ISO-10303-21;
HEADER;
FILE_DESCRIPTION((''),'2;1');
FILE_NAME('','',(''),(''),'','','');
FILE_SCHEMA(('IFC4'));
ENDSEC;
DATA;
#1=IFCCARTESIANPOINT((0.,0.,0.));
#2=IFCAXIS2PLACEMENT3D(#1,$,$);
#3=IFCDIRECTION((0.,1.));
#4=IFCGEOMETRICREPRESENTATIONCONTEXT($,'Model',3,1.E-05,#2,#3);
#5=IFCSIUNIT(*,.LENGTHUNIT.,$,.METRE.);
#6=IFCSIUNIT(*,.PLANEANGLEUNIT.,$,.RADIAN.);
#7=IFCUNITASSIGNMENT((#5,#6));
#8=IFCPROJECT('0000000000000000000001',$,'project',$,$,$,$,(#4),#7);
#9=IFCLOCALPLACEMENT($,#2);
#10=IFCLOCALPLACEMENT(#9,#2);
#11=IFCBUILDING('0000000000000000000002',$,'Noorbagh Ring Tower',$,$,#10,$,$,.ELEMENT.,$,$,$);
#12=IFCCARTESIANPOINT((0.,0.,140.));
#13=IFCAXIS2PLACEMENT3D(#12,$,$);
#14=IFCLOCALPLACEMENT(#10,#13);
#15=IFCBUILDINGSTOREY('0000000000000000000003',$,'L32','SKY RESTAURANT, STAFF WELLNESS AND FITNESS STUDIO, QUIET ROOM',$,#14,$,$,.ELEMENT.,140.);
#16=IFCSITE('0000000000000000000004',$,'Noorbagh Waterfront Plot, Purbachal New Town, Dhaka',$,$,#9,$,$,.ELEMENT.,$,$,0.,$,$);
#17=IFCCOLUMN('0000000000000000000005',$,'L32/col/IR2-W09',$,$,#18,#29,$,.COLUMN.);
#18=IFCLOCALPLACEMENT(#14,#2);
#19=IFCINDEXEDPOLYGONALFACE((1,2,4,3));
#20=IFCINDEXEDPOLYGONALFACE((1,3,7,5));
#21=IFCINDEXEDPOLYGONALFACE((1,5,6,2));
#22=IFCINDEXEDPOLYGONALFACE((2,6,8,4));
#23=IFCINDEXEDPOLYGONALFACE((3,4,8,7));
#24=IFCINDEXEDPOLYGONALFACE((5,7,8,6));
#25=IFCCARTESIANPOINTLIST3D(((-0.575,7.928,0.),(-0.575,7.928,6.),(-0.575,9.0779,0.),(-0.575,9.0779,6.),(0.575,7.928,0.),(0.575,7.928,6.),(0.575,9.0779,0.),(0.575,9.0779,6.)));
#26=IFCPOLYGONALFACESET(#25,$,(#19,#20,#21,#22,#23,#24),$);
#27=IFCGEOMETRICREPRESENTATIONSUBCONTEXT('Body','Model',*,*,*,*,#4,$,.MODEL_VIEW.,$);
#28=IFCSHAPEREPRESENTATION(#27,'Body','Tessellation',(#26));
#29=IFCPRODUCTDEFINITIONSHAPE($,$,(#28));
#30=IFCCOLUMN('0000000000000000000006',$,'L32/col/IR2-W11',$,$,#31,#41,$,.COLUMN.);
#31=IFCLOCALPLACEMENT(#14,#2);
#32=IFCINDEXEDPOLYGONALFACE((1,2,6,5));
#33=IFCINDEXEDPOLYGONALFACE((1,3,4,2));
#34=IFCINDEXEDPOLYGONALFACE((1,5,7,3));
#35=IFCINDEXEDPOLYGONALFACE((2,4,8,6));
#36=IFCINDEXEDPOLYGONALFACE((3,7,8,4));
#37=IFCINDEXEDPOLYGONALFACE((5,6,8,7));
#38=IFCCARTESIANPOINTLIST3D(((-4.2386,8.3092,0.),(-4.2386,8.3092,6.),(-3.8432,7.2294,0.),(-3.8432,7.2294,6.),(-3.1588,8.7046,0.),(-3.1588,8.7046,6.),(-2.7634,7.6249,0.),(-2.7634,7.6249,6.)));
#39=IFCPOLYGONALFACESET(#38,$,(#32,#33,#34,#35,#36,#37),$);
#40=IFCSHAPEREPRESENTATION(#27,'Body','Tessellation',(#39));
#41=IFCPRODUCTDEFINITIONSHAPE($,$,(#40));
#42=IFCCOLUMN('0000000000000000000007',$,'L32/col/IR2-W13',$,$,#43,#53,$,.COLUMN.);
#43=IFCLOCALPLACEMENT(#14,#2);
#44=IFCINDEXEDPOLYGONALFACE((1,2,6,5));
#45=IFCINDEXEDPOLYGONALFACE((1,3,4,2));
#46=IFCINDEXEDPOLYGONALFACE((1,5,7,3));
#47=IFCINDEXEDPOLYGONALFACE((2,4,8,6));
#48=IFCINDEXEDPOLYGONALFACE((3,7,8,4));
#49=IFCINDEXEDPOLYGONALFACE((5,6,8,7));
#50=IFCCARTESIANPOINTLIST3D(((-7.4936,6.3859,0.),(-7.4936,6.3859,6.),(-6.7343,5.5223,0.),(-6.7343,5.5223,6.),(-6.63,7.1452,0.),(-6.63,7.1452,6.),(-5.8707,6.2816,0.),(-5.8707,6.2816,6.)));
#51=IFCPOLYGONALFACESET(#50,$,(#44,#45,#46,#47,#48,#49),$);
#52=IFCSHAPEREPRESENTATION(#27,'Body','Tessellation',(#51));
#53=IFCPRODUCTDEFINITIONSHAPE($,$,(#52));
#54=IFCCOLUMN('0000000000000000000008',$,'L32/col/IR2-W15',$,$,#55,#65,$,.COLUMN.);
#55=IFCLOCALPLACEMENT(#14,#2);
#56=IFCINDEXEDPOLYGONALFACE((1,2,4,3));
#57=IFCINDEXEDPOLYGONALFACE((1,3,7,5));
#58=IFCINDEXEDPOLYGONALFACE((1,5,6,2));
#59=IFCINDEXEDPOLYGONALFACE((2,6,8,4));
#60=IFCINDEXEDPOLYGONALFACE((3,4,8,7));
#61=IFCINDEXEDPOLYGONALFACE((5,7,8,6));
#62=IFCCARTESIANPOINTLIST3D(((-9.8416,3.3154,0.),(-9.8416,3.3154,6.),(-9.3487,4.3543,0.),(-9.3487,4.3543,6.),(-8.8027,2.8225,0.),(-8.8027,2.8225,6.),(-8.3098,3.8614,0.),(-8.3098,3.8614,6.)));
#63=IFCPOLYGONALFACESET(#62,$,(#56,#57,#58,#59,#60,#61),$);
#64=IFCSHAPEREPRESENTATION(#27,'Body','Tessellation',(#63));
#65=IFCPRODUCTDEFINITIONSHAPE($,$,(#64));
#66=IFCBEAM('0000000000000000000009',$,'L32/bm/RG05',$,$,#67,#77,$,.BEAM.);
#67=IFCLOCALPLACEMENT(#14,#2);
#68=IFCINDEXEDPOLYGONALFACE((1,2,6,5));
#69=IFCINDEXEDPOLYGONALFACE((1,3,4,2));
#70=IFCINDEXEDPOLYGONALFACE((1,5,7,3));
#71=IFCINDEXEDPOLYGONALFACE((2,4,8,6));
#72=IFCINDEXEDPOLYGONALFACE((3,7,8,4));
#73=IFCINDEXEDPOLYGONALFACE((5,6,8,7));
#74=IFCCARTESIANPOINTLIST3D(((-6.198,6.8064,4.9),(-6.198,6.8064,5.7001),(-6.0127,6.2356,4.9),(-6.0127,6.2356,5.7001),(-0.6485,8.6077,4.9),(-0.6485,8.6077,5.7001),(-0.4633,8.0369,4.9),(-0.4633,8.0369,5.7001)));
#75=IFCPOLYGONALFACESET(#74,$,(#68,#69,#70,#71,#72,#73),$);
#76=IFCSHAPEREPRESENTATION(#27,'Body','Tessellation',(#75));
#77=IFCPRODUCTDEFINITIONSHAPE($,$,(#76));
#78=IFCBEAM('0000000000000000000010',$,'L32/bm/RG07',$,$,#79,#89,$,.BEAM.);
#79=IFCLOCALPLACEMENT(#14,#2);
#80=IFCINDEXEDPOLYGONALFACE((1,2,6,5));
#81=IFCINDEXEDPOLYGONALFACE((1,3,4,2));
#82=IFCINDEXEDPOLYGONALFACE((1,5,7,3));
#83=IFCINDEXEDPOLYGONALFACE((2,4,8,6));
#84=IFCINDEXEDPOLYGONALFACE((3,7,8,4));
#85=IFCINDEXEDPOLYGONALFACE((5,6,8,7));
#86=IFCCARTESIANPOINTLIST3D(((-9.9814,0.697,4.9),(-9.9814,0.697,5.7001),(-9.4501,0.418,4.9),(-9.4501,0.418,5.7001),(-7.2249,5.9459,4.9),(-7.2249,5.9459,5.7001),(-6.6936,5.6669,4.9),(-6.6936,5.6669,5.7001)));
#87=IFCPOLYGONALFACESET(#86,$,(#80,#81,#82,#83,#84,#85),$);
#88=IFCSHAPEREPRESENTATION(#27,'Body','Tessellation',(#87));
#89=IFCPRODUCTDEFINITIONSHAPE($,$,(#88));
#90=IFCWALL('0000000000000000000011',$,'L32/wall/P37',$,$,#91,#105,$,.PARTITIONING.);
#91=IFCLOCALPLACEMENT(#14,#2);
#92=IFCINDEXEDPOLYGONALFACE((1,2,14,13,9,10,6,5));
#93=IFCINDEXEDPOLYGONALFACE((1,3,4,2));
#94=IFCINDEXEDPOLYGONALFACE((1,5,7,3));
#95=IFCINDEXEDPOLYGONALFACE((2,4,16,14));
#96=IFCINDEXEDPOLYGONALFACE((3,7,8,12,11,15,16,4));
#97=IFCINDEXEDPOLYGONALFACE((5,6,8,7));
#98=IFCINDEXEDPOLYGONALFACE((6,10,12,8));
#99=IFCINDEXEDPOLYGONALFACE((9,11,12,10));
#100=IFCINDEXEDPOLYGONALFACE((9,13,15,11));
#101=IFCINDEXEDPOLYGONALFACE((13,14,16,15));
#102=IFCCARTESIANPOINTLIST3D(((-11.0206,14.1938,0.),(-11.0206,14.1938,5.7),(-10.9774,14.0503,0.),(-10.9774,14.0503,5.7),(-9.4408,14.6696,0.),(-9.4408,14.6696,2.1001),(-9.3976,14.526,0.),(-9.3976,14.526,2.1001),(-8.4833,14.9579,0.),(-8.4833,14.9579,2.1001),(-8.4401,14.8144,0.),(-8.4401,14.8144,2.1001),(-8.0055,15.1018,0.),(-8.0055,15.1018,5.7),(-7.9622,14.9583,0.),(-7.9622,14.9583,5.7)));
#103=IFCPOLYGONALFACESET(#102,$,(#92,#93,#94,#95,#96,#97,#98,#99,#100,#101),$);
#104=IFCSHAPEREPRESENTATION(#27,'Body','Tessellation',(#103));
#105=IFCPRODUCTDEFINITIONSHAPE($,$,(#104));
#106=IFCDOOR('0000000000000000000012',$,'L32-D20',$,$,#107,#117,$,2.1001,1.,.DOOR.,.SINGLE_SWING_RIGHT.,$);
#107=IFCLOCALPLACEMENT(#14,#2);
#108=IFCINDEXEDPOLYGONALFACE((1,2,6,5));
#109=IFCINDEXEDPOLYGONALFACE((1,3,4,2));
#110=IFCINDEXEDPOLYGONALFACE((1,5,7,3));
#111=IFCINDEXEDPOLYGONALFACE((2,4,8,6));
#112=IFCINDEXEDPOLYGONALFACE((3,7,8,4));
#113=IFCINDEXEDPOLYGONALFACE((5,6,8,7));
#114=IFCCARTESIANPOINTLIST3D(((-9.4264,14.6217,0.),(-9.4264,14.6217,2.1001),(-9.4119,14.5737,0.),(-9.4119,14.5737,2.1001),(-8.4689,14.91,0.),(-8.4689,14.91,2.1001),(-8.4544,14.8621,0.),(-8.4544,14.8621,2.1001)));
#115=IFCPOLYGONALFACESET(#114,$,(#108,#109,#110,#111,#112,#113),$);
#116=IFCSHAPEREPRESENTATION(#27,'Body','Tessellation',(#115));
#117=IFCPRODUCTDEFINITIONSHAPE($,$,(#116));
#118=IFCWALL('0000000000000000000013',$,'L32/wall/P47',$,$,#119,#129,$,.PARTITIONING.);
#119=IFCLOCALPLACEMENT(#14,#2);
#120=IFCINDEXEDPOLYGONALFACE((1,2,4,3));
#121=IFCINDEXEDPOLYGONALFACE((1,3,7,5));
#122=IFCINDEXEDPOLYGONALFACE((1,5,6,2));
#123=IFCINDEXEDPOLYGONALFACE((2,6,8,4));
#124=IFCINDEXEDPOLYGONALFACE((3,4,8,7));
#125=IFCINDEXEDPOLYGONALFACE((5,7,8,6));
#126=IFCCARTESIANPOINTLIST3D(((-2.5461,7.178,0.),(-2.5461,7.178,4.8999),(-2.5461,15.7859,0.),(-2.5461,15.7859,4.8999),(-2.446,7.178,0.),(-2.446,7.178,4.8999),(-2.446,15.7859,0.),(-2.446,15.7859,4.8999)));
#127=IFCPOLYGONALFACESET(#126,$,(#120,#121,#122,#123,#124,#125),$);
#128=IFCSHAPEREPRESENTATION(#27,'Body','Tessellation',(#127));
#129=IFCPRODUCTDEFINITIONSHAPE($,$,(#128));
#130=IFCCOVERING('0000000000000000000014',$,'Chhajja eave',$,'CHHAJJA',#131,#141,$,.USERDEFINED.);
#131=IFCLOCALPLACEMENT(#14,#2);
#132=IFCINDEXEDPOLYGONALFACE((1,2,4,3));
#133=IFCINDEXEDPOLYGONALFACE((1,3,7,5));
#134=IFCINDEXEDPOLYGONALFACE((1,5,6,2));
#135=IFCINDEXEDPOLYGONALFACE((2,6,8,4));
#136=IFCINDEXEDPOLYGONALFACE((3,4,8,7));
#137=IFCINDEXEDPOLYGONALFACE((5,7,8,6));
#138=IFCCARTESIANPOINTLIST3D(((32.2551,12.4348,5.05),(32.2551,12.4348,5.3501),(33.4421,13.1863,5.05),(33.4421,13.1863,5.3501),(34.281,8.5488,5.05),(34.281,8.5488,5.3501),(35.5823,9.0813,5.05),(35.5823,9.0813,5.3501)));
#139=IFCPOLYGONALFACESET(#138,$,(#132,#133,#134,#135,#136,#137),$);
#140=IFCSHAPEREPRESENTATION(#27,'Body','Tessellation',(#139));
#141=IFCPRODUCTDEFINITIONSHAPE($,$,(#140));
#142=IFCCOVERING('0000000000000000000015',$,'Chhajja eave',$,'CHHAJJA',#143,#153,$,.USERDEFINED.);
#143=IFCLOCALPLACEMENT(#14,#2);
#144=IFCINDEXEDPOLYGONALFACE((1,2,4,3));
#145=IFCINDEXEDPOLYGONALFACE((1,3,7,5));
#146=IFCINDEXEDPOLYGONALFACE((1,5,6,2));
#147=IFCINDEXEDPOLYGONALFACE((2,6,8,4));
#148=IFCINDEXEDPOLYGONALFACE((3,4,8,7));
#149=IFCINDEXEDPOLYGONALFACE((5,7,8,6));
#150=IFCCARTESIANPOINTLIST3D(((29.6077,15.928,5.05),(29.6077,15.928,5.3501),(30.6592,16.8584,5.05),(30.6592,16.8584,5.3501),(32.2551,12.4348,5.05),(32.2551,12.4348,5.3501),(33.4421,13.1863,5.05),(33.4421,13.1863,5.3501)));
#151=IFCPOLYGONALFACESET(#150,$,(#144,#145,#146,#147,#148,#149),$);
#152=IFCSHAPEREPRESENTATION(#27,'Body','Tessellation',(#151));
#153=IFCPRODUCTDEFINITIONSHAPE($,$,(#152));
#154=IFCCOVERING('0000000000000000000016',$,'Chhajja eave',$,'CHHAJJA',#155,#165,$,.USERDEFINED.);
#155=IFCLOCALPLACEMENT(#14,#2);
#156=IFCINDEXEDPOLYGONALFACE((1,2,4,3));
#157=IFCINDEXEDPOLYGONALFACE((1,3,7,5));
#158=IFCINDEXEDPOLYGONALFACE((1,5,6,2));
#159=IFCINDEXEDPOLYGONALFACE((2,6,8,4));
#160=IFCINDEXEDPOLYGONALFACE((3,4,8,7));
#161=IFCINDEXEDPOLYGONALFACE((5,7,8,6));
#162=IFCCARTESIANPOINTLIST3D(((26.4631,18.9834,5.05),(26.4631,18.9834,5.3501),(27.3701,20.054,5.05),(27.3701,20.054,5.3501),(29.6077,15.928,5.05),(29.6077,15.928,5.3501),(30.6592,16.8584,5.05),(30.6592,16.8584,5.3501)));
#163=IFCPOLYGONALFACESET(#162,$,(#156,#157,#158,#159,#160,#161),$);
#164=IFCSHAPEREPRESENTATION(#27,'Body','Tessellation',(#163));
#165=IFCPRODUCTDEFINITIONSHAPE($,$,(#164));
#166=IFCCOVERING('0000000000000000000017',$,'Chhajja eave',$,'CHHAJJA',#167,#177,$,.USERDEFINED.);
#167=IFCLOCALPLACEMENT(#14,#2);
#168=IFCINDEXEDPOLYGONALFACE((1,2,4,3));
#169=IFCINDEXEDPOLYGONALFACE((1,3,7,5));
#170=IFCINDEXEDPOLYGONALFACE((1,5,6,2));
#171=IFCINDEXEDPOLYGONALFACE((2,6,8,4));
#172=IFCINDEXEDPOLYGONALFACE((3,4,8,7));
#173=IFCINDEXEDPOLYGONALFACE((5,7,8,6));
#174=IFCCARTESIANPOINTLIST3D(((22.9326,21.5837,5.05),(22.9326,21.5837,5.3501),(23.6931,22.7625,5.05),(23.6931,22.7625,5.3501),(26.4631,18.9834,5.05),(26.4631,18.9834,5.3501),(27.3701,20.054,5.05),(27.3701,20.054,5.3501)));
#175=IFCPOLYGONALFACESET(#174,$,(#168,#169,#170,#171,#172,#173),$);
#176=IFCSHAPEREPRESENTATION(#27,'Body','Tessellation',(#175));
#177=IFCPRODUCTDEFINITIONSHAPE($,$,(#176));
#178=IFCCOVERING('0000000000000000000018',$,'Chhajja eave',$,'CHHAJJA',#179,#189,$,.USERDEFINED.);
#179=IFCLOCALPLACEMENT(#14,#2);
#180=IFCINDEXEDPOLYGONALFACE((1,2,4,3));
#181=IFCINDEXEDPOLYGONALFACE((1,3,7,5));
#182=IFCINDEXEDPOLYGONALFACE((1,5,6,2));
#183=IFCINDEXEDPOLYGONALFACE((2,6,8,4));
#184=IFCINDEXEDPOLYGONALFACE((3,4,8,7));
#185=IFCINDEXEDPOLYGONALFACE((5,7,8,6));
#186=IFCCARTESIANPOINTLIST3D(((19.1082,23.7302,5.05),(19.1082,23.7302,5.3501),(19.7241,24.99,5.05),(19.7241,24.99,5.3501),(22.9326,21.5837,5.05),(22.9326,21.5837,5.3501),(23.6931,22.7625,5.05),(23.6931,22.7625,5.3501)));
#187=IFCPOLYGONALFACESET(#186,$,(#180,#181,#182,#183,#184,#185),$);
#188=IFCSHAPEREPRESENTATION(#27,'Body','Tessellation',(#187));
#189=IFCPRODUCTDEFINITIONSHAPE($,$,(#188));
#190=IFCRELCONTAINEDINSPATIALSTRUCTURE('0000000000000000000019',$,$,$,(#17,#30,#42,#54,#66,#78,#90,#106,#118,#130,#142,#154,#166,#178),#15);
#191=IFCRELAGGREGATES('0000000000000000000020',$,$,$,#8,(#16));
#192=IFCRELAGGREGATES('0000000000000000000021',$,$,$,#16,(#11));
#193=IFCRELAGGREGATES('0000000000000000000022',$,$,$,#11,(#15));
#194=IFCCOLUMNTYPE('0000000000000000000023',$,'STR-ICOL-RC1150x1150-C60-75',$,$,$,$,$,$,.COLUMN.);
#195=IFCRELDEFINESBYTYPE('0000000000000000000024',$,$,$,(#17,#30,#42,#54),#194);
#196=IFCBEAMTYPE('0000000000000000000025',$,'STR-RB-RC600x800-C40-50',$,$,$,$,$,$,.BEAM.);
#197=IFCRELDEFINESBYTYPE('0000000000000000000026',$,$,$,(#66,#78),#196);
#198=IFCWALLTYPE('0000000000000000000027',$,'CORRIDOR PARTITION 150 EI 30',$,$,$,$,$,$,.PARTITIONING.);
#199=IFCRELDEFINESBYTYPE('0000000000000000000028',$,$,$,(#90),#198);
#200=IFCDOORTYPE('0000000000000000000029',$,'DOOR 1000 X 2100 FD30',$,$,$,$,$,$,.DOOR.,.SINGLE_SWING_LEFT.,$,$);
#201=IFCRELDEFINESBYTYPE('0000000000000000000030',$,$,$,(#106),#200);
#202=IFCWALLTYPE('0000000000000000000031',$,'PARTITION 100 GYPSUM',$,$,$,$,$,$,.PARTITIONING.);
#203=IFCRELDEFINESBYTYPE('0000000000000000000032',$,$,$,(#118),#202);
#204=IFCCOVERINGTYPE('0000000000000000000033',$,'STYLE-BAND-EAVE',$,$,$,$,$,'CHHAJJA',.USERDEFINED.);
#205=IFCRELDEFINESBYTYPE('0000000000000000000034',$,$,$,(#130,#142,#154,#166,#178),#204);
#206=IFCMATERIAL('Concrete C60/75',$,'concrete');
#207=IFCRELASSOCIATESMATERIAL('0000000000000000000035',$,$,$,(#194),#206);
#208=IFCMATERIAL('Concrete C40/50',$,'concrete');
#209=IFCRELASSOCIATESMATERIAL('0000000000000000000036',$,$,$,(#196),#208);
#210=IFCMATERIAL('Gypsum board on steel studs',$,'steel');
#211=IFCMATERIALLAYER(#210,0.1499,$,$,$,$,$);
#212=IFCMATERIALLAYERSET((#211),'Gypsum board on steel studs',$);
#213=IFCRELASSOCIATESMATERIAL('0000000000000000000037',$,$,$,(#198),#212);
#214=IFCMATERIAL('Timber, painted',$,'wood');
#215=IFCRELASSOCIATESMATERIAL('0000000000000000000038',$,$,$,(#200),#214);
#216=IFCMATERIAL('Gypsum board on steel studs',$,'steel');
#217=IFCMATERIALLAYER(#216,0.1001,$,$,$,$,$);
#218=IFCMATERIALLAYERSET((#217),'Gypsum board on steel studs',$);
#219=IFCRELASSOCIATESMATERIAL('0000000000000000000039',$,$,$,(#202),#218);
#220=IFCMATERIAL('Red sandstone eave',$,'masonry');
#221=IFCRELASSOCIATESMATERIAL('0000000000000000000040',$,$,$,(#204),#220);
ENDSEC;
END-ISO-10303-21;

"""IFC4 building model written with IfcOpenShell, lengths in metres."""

from ifc_helpers import new_model, si_unit, direction, frame, frame_2d, origin, origin_2d, place, context, subcontext, project, spatial, polyline, rectangle, outline, extrude, material, layer, layer_set, material_profile, profile_set, type_object, element, fill, save


model = new_model("IFC4")

# Units and contexts
model_context = context("Model", 3, precision=1e-05, world=origin(), true_north=direction((0.0, 1.0)))
body_context = subcontext(model_context, "Body", "Model", "MODEL_VIEW")
ifc_project = project(units=[si_unit("LENGTHUNIT", "METRE"), si_unit("PLANEANGLEUNIT", "RADIAN")], contexts=[model_context])

# Site, building, storey
site_placement = place(None, origin())
site = spatial("IfcSite", under=ifc_project, at=site_placement, Name="Noorbagh Waterfront Plot, Purbachal New Town, Dhaka", CompositionType="ELEMENT", RefElevation=0.0)
building_placement = place(site_placement, origin())
building = spatial("IfcBuilding", under=site, at=building_placement, Name="Noorbagh Ring Tower", CompositionType="ELEMENT")
storey_placement = place(building_placement, frame((0.0, 0.0, 140.0)))
storey = spatial("IfcBuildingStorey", under=building, at=storey_placement, Name="L32", Description="SKY RESTAURANT, STAFF WELLNESS AND FITNESS STUDIO, QUIET ROOM", CompositionType="ELEMENT", Elevation=140.0)

# Columns
ifc_material_1 = material(Name="Concrete C60/75", Category="concrete")
ifc_material_profile_1 = material_profile(ifc_material_1, rectangle(XDim=1.1499, YDim=1.1499, at=origin_2d()), Name="RC1150x1150")
ifc_profile_set_1 = profile_set([ifc_material_profile_1], Name="Concrete C60/75")
column_type = type_object("IfcColumnType", Name="STR-ICOL-RC1150x1150-C60-75", PredefinedType="COLUMN", material=ifc_profile_set_1)
for number, where, z_axis, x_axis, name in (
    (1, (0.0, 8.5029, 0.0), (0.0, 0.0, 1.0), (-1.0, 0.0, 0.0), "L32/col/IR2-W09"),
    (2, (-3.501, 7.967, 0.0), (0.0, 0.0, 1.0), (-0.93902, -0.343864, 0.0), "L32/col/IR2-W11"),
    (3, (-6.6821, 6.3337, 0.0), (0.0, 0.0, 1.0), (-0.751022, -0.660277, 0.0), "L32/col/IR2-W13"),
    (4, (-9.0757, 3.5884, 0.0), (0.0, 0.0, 1.0), (-0.428667, -0.903463, 0.0), "L32/col/IR2-W15"),
):
    element("IfcColumn", number, at=place(storey_placement, frame(where, z_axis=z_axis, x_axis=x_axis)), inside=storey, type_object=column_type, Name=name, PredefinedType="COLUMN", context=body_context, shape_type="SweptSolid", body=[
        extrude(rectangle(XDim=1.1499, YDim=1.1499, at=origin_2d()), origin(), (0.0, 0.0, 1.0), 6.0),
    ])

# Beams
ifc_material_2 = material(Name="Concrete C40/50", Category="concrete")
ifc_material_profile_2 = material_profile(ifc_material_2, rectangle(XDim=0.6001, YDim=0.8, at=origin_2d()), Name="RC600x800")
ifc_profile_set_2 = profile_set([ifc_material_profile_2], Name="Concrete C40/50")
beam_type = type_object("IfcBeamType", Name="STR-RB-RC600x800-C40-50", PredefinedType="BEAM", material=ifc_profile_set_2)
beam_1_placement = place(storey_placement, frame((-0.5559, 8.3223, 5.3), z_axis=(-0.951152, -0.308724, 0.0), x_axis=(0.308724, -0.951152, 0.0)))
element("IfcBeam", 5, at=beam_1_placement, inside=storey, type_object=beam_type, Name="L32/bm/RG05", PredefinedType="BEAM", context=body_context, shape_type="SweptSolid", body=[
    extrude(rectangle(XDim=0.6001, YDim=0.8, at=origin_2d()), origin(), (0.0, 0.0, 1.0), 5.8345),
])
beam_2_placement = place(storey_placement, frame((-6.9592, 5.8064, 5.3), z_axis=(-0.464947, -0.885339, 0.0), x_axis=(0.885339, -0.464947, 0.0)))
element("IfcBeam", 6, at=beam_2_placement, inside=storey, type_object=beam_type, Name="L32/bm/RG07", PredefinedType="BEAM", context=body_context, shape_type="SweptSolid", body=[
    extrude(rectangle(XDim=0.6001, YDim=0.8, at=origin_2d()), origin(), (0.0, 0.0, 1.0), 5.9287),
])

# Wall, opening, door
ifc_material_3 = material(Name="Gypsum board on steel studs", Category="steel")
ifc_layer_1 = layer(ifc_material_3, 0.1499)
ifc_layer_set_1 = layer_set([ifc_layer_1], Name="Gypsum board on steel studs")
wall_type_1 = type_object("IfcWallType", Name="CORRIDOR PARTITION 150 EI 30", PredefinedType="PARTITIONING", material=ifc_layer_set_1)
wall_1_placement = place(storey_placement, frame((-10.999, 14.1221, 0.0), z_axis=(0.0, 0.0, 1.0), x_axis=(0.957527, 0.288344, 0.0)))
wall_1 = element("IfcWall", 7, at=wall_1_placement, inside=storey, type_object=wall_type_1, Name="L32/wall/P37", PredefinedType="PARTITIONING", context=body_context, shape_type="SweptSolid", body=[
    extrude(rectangle(XDim=3.1489, YDim=0.1499, at=frame_2d((1.5745, 0.0))), origin(), (0.0, 0.0, 1.0), 5.7),
])
opening_placement = place(wall_1_placement, frame((1.6499, 0.0, 0.0)))
opening = element("IfcOpeningElement", 8, at=opening_placement, cuts=wall_1, PredefinedType="OPENING", context=body_context, shape_type="SweptSolid", body=[
    extrude(rectangle(XDim=1.0, YDim=2.1001, at=frame_2d((0.5, 1.05))), frame((0.0, 0.085, 0.0), z_axis=(0.0, -1.0, 0.0), x_axis=(1.0, 0.0, 0.0)), (0.0, 0.0, 1.0), 0.1699),
])
ifc_material_4 = material(Name="Timber, painted", Category="wood")
door_type = type_object("IfcDoorType", Name="DOOR 1000 X 2100 FD30", OperationType="SINGLE_SWING_LEFT", PredefinedType="DOOR", material=ifc_material_4)
door_placement = place(opening_placement, origin())
door = element("IfcDoor", 9, at=door_placement, inside=storey, type_object=door_type, Name="L32-D20", OperationType="SINGLE_SWING_RIGHT", OverallHeight=2.1001, OverallWidth=1.0, PredefinedType="DOOR", context=body_context, shape_type="SweptSolid", body=[
    extrude(rectangle(XDim=1.0, YDim=2.1001, at=frame_2d((0.5, 1.05))), frame((0.0, 0.0249, 0.0), z_axis=(0.0, -1.0, 0.0), x_axis=(1.0, 0.0, 0.0)), (0.0, 0.0, 1.0), 0.05),
])
fill(opening, door)

# Wall
ifc_material_5 = material(Name="Gypsum board on steel studs", Category="steel")
ifc_layer_2 = layer(ifc_material_5, 0.1001)
ifc_layer_set_2 = layer_set([ifc_layer_2], Name="Gypsum board on steel studs")
wall_type_2 = type_object("IfcWallType", Name="PARTITION 100 GYPSUM", PredefinedType="PARTITIONING", material=ifc_layer_set_2)
wall_2_placement = place(storey_placement, frame((-2.4961, 7.178, 0.0), z_axis=(0.0, 0.0, 1.0), x_axis=(0.0, 1.0, 0.0)))
element("IfcWall", 10, at=wall_2_placement, inside=storey, type_object=wall_type_2, Name="L32/wall/P47", PredefinedType="PARTITIONING", context=body_context, shape_type="SweptSolid", body=[
    extrude(rectangle(XDim=8.6079, YDim=0.1001, at=frame_2d((4.304, 0.0))), origin(), (0.0, 0.0, 1.0), 4.8999),
])

# Coverings
ifc_material_6 = material(Name="Red sandstone eave", Category="masonry")
covering_type_1 = type_object("IfcCoveringType", Name="STYLE-BAND-EAVE", ElementType="CHHAJJA", PredefinedType="USERDEFINED", material=ifc_material_6)
covering_1_placement = place(storey_placement, frame((0.0, 0.0, 5.05)))
element("IfcCovering", 11, at=covering_1_placement, inside=storey, type_object=covering_type_1, Name="Chhajja eave", ObjectType="CHHAJJA", PredefinedType="USERDEFINED", context=body_context, shape_type="SweptSolid", body=[
    extrude(outline(polyline([(34.281, 8.5488), (32.2551, 12.4348), (33.4421, 13.1863), (35.5823, 9.0813), (34.281, 8.5488)])), origin(), (0.0, 0.0, 1.0), 0.3),
])
covering_2_placement = place(storey_placement, frame((0.0, 0.0, 5.05)))
element("IfcCovering", 12, at=covering_2_placement, inside=storey, type_object=covering_type_1, Name="Chhajja eave", ObjectType="CHHAJJA", PredefinedType="USERDEFINED", context=body_context, shape_type="SweptSolid", body=[
    extrude(outline(polyline([(32.2551, 12.4348), (29.6077, 15.928), (30.6592, 16.8584), (33.4421, 13.1863), (32.2551, 12.4348)])), origin(), (0.0, 0.0, 1.0), 0.3),
])
covering_3_placement = place(storey_placement, frame((0.0, 0.0, 5.05)))
element("IfcCovering", 13, at=covering_3_placement, inside=storey, type_object=covering_type_1, Name="Chhajja eave", ObjectType="CHHAJJA", PredefinedType="USERDEFINED", context=body_context, shape_type="SweptSolid", body=[
    extrude(outline(polyline([(29.6077, 15.928), (26.4631, 18.9834), (27.3701, 20.054), (30.6592, 16.8584), (29.6077, 15.928)])), origin(), (0.0, 0.0, 1.0), 0.3),
])
covering_4_placement = place(storey_placement, frame((0.0, 0.0, 5.05)))
element("IfcCovering", 14, at=covering_4_placement, inside=storey, type_object=covering_type_1, Name="Chhajja eave", ObjectType="CHHAJJA", PredefinedType="USERDEFINED", context=body_context, shape_type="SweptSolid", body=[
    extrude(outline(polyline([(26.4631, 18.9834), (22.9326, 21.5837), (23.6931, 22.7625), (27.3701, 20.054), (26.4631, 18.9834)])), origin(), (0.0, 0.0, 1.0), 0.3),
])
covering_5_placement = place(storey_placement, frame((0.0, 0.0, 5.05)))
element("IfcCovering", 15, at=covering_5_placement, inside=storey, type_object=covering_type_1, Name="Chhajja eave", ObjectType="CHHAJJA", PredefinedType="USERDEFINED", context=body_context, shape_type="SweptSolid", body=[
    extrude(outline(polyline([(22.9326, 21.5837), (19.1082, 23.7302), (19.7241, 24.99), (23.6931, 22.7625), (22.9326, 21.5837)])), origin(), (0.0, 0.0, 1.0), 0.3),
])

save(model, "model.ifc")
